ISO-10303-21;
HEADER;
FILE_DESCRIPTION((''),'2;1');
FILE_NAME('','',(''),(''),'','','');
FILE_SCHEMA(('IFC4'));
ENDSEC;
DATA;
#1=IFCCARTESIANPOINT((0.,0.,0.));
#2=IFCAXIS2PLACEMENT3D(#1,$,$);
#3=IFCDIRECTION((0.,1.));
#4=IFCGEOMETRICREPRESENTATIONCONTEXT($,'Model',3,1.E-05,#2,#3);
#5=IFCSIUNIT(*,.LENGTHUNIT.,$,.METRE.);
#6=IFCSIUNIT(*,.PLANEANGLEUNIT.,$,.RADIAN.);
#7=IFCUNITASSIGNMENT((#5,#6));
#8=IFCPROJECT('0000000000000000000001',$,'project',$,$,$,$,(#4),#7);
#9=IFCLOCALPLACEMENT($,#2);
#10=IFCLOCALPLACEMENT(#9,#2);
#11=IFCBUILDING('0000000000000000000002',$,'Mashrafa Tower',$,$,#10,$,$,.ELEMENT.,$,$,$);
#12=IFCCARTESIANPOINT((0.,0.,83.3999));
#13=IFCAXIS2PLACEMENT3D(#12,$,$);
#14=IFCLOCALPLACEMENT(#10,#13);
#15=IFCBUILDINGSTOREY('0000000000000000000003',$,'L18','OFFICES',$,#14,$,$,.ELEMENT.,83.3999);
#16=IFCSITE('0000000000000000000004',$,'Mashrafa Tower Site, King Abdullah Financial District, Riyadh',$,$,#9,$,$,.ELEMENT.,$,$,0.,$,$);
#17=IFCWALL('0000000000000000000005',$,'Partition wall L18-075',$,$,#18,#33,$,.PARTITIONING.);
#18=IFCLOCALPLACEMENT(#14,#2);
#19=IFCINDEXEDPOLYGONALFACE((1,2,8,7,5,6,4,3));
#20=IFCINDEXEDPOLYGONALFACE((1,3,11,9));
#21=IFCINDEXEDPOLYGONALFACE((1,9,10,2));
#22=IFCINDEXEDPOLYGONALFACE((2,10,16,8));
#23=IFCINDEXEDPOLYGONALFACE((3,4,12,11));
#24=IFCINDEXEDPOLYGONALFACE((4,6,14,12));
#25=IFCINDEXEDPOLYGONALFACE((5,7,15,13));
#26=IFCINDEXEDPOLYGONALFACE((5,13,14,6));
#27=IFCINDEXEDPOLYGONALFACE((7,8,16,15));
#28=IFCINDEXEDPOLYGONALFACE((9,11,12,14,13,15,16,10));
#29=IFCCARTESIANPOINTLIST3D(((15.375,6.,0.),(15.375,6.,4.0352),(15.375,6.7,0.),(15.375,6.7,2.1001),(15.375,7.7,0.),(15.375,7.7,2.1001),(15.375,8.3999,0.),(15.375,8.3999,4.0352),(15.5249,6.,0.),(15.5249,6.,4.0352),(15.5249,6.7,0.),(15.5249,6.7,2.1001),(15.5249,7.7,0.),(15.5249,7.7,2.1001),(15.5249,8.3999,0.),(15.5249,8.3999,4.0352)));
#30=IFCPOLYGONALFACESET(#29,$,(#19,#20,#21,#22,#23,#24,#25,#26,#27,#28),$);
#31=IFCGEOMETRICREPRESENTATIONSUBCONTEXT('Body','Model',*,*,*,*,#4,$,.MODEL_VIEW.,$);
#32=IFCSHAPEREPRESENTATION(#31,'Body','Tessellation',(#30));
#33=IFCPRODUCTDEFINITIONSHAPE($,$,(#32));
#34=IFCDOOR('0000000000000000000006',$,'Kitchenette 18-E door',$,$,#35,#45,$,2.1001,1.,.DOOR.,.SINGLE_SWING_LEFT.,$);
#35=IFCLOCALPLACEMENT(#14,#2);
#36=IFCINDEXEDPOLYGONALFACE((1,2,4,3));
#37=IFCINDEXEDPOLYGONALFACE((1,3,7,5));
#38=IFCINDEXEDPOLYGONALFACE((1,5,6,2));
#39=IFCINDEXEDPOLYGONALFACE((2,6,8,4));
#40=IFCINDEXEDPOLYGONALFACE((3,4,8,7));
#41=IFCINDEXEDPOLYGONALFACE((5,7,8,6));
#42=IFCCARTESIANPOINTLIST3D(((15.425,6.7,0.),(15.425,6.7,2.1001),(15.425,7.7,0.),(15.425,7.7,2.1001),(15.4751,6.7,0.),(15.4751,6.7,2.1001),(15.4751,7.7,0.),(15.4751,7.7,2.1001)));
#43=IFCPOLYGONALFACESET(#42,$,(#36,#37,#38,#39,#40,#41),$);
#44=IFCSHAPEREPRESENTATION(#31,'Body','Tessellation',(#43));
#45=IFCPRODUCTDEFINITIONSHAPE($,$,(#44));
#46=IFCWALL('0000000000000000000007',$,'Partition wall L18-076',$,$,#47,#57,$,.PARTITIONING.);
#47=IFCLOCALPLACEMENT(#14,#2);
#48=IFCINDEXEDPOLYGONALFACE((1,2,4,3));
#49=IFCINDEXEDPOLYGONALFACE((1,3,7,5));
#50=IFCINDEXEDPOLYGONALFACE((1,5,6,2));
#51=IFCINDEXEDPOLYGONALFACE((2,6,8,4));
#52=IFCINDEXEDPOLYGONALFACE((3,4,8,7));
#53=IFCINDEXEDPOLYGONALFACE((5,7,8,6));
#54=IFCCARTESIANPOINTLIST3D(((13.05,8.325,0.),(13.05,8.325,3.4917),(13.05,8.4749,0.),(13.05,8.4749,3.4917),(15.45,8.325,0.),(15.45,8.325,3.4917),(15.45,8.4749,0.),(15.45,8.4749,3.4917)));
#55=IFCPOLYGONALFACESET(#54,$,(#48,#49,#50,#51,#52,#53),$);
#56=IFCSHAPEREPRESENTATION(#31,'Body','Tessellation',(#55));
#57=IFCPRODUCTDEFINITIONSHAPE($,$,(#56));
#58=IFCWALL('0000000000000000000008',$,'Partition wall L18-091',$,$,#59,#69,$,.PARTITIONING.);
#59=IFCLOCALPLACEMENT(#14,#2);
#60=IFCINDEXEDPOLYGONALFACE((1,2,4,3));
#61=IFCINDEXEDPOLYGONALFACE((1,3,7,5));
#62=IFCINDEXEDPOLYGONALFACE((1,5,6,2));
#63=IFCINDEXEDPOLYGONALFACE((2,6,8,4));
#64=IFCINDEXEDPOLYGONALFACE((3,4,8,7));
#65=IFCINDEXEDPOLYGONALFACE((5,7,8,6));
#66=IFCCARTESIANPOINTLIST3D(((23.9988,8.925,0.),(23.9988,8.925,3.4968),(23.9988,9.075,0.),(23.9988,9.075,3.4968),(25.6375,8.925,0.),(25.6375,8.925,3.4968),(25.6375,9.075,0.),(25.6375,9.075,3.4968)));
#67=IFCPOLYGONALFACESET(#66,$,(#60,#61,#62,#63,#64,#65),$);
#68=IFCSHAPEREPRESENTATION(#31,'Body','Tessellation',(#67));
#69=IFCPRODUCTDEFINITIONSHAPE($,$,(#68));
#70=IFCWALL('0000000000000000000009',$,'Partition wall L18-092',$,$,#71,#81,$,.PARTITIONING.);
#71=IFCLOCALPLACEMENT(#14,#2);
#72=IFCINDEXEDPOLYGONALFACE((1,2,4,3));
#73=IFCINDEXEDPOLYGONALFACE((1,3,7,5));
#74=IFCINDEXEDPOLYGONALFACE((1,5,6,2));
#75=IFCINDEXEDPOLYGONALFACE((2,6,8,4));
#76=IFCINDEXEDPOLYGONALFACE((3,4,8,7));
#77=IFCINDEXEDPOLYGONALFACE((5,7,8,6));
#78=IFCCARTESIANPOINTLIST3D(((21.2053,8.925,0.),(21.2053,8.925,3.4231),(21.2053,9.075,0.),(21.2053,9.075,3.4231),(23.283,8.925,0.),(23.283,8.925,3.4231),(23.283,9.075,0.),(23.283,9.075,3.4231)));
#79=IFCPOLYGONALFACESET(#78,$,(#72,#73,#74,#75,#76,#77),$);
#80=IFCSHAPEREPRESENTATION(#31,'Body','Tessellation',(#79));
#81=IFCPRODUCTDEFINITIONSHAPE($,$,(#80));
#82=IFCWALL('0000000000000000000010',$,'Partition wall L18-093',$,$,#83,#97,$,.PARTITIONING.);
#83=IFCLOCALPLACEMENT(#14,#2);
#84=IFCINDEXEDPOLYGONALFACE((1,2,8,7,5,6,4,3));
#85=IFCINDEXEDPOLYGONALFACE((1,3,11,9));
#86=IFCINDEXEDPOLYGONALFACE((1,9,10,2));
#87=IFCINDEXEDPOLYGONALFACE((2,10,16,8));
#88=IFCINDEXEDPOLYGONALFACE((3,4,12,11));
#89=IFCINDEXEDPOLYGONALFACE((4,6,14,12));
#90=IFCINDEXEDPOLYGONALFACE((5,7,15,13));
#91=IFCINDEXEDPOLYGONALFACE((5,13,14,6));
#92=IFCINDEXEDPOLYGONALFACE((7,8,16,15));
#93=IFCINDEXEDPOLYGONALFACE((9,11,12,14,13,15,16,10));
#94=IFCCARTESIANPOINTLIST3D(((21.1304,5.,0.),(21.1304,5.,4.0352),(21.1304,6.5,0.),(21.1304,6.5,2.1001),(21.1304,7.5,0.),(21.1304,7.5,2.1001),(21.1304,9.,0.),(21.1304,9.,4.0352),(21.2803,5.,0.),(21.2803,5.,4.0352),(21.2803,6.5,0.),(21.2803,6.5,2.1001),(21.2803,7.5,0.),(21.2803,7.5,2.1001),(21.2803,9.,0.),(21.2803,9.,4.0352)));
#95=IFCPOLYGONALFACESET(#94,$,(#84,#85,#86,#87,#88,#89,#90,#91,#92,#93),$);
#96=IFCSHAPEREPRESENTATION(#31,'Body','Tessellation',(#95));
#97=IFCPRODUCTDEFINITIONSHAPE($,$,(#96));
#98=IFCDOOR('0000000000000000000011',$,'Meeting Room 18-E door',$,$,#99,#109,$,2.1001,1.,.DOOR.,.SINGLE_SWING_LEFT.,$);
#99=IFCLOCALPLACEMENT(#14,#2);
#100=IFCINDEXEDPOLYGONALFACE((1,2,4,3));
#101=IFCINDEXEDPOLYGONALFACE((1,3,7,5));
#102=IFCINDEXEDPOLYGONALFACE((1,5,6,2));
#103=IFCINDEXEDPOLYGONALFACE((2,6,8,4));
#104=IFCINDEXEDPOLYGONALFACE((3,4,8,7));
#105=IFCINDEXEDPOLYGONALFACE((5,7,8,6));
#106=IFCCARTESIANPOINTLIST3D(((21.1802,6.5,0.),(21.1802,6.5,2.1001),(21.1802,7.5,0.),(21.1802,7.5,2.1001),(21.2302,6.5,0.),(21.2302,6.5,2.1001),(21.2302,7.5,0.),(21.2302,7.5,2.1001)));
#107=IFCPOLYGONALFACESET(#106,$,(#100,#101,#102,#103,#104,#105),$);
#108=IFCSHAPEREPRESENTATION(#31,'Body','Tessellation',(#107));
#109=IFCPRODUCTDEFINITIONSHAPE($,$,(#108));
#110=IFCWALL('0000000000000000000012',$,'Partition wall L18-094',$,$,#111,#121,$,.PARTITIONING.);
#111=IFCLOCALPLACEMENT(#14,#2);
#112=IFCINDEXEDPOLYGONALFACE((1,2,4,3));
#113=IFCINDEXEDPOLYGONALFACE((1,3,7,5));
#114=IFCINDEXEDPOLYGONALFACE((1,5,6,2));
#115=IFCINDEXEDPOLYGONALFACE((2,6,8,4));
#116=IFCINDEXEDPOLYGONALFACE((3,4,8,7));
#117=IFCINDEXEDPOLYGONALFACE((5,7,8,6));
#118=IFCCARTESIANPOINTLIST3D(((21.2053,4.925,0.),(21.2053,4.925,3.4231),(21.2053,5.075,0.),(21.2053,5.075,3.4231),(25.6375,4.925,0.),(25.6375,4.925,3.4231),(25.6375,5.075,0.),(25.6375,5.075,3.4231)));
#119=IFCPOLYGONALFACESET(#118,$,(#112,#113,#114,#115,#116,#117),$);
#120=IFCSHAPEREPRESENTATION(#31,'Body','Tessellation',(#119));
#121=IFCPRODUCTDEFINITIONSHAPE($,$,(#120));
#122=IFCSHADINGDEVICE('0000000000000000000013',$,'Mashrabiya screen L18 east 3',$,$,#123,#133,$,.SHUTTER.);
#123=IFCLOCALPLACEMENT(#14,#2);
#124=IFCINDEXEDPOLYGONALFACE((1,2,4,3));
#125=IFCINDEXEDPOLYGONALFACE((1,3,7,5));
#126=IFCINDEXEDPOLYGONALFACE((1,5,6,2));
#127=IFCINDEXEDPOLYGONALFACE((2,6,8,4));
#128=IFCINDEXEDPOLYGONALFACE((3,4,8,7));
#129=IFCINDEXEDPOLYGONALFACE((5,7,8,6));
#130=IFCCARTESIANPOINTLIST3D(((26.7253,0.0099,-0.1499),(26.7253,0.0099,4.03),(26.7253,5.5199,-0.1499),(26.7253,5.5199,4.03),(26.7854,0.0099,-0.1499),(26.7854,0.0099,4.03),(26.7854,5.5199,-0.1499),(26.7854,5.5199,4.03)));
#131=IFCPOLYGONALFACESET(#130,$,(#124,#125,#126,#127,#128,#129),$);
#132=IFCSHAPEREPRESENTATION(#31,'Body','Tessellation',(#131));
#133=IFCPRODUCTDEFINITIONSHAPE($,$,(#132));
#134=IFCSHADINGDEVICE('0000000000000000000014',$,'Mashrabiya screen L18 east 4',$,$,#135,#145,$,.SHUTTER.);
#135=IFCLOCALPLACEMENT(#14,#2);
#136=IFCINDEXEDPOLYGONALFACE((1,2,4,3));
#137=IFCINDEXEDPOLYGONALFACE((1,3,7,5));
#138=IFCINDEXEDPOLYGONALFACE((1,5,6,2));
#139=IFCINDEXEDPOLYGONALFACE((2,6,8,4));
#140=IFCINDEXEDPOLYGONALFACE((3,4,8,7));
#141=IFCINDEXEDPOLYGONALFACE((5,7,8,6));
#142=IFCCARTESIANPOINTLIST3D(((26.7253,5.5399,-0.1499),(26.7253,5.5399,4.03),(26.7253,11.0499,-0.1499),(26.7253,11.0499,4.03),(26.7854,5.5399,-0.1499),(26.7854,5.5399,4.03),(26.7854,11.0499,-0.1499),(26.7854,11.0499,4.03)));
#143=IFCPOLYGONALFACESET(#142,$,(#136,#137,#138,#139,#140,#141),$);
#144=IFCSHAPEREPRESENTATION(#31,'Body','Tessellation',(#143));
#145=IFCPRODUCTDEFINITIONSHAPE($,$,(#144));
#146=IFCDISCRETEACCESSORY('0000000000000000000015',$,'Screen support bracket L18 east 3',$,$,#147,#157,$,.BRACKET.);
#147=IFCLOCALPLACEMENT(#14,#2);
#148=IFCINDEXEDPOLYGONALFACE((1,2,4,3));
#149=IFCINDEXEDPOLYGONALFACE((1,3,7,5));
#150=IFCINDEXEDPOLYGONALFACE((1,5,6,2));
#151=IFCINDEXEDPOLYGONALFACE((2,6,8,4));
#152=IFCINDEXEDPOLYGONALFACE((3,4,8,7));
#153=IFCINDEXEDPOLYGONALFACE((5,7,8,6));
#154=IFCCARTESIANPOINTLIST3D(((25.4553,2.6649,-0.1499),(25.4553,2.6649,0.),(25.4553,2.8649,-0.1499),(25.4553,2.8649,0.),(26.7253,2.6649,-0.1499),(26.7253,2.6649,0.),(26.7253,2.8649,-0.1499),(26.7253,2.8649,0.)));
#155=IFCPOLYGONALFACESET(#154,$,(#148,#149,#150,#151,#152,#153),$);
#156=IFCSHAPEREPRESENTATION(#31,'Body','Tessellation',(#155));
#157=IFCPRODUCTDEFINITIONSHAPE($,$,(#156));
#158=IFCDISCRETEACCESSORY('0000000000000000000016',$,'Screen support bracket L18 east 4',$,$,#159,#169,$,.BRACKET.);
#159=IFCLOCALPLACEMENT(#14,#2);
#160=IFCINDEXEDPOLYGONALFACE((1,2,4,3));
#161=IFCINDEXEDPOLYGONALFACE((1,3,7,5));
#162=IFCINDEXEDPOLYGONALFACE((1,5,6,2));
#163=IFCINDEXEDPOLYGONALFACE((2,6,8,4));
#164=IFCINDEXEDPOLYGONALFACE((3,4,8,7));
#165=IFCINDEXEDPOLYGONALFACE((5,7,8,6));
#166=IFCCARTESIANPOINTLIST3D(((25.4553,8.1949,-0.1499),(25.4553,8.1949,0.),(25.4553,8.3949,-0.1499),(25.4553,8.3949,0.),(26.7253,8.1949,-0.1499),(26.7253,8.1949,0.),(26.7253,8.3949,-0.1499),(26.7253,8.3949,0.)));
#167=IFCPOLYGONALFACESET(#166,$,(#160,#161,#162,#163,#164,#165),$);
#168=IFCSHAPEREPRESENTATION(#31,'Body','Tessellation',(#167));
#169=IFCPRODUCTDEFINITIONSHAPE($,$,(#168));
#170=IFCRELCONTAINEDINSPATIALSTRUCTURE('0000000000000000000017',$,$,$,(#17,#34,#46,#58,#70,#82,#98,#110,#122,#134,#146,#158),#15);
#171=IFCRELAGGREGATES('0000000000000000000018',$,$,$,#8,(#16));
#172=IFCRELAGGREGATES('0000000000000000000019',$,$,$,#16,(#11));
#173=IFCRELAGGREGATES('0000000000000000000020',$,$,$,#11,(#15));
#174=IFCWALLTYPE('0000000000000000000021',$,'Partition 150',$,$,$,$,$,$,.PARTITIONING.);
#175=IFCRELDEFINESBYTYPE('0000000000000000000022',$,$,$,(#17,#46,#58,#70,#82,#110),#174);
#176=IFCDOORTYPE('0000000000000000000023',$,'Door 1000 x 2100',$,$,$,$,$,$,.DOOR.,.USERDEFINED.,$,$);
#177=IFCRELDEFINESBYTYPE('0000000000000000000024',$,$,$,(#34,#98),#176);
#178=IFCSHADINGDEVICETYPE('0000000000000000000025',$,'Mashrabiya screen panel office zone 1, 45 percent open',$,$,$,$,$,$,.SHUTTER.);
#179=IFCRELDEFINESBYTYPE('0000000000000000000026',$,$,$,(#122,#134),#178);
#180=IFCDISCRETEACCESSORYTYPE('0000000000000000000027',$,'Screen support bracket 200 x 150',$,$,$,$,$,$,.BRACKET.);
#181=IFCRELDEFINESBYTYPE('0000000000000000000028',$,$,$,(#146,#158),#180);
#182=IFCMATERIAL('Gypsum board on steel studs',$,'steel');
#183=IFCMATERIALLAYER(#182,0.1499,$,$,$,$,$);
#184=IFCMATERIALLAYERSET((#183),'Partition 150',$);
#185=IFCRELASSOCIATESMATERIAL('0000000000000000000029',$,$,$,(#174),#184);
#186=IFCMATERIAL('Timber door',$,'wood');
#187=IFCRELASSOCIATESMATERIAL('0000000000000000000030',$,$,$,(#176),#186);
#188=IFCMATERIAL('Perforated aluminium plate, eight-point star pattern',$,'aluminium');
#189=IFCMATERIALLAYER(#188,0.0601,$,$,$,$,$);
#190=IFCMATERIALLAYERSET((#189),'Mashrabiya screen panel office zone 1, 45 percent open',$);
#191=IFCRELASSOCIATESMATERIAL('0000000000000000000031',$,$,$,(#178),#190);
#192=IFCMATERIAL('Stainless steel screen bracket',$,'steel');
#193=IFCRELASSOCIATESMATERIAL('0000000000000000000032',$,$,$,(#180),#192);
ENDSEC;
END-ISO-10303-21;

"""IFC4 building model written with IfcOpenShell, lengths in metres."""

from ifc_helpers import new_model, si_unit, direction, frame, frame_2d, origin, origin_2d, place, context, subcontext, project, spatial, rectangle, extrude, source, transform, mapped, material, layer, layer_set, type_object, type_shapes, element, fill, save


model = new_model("IFC4")

# Units and contexts
model_context = context("Model", 3, precision=1e-05, world=origin(), true_north=direction((0.0, 1.0)))
body_context = subcontext(model_context, "Body", "Model", "MODEL_VIEW")
ifc_project = project(units=[si_unit("LENGTHUNIT", "METRE"), si_unit("PLANEANGLEUNIT", "RADIAN")], contexts=[model_context])

# Site, building, storey
site_placement = place(None, origin())
site = spatial("IfcSite", under=ifc_project, at=site_placement, Name="Mashrafa Tower Site, King Abdullah Financial District, Riyadh", CompositionType="ELEMENT", RefElevation=0.0)
building_placement = place(site_placement, origin())
building = spatial("IfcBuilding", under=site, at=building_placement, Name="Mashrafa Tower", CompositionType="ELEMENT")
storey_placement = place(building_placement, frame((0.0, 0.0, 83.3999)))
storey = spatial("IfcBuildingStorey", under=building, at=storey_placement, Name="L18", Description="OFFICES", CompositionType="ELEMENT", Elevation=83.3999)

# Shared definitions
ifc_material_1 = material(Name="Gypsum board on steel studs", Category="steel")
ifc_layer_1 = layer(ifc_material_1, 0.1499)
ifc_layer_set_1 = layer_set([ifc_layer_1], Name="Partition 150")
wall_type_1 = type_object("IfcWallType", Name="Partition 150", PredefinedType="PARTITIONING", material=ifc_layer_set_1)

# Wall, opening, door
wall_1_placement = place(storey_placement, frame((15.45, 6.0, 0.0), z_axis=(0.0, 0.0, 1.0), x_axis=(0.0, 1.0, 0.0)))
wall_1 = element("IfcWall", 1, at=wall_1_placement, inside=storey, type_object=wall_type_1, Name="Partition wall L18-075", PredefinedType="PARTITIONING", context=body_context, shape_type="SweptSolid", body=[
    extrude(rectangle(XDim=2.3999, YDim=0.1499, at=frame_2d((1.2, 0.0))), origin(), (0.0, 0.0, 1.0), 4.0352),
])
opening_1_placement = place(wall_1_placement, frame((0.7, 0.0, 0.0)))
opening_1 = element("IfcOpeningElement", 2, at=opening_1_placement, cuts=wall_1, PredefinedType="OPENING", context=body_context, shape_type="SweptSolid", body=[
    extrude(rectangle(XDim=1.0, YDim=2.1001, at=frame_2d((0.5, 1.05))), frame((0.0, 0.085, 0.0), z_axis=(0.0, -1.0, 0.0), x_axis=(1.0, 0.0, 0.0)), (0.0, 0.0, 1.0), 0.1699),
])
ifc_material_2 = material(Name="Timber door", Category="wood")
door_type = type_object("IfcDoorType", Name="Door 1000 x 2100", OperationType="USERDEFINED", PredefinedType="DOOR", material=ifc_material_2)
door_1_placement = place(opening_1_placement, origin())
door_1 = element("IfcDoor", 3, at=door_1_placement, inside=storey, type_object=door_type, Name="Kitchenette 18-E door", OperationType="SINGLE_SWING_LEFT", OverallHeight=2.1001, OverallWidth=1.0, PredefinedType="DOOR", context=body_context, shape_type="SweptSolid", body=[
    extrude(rectangle(XDim=1.0, YDim=2.1001, at=frame_2d((0.5, 1.05))), frame((0.0, 0.0249, 0.0), z_axis=(0.0, -1.0, 0.0), x_axis=(1.0, 0.0, 0.0)), (0.0, 0.0, 1.0), 0.05),
])
fill(opening_1, door_1)

# Walls
wall_2_placement = place(storey_placement, frame((15.45, 8.3999, 0.0), z_axis=(0.0, 0.0, 1.0), x_axis=(-1.0, 0.0, 0.0)))
element("IfcWall", 4, at=wall_2_placement, inside=storey, type_object=wall_type_1, Name="Partition wall L18-076", PredefinedType="PARTITIONING", context=body_context, shape_type="SweptSolid", body=[
    extrude(rectangle(XDim=2.3999, YDim=0.1499, at=frame_2d((1.2, 0.0))), origin(), (0.0, 0.0, 1.0), 3.4917),
])
wall_3_placement = place(storey_placement, frame((25.6375, 9.0, 0.0), z_axis=(0.0, 0.0, 1.0), x_axis=(-1.0, 0.0, 0.0)))
element("IfcWall", 5, at=wall_3_placement, inside=storey, type_object=wall_type_1, Name="Partition wall L18-091", PredefinedType="PARTITIONING", context=body_context, shape_type="SweptSolid", body=[
    extrude(rectangle(XDim=1.6387, YDim=0.1499, at=frame_2d((0.8193, 0.0))), origin(), (0.0, 0.0, 1.0), 3.4968),
])
wall_4_placement = place(storey_placement, frame((23.283, 9.0, 0.0), z_axis=(0.0, 0.0, 1.0), x_axis=(-1.0, 0.0, 0.0)))
element("IfcWall", 6, at=wall_4_placement, inside=storey, type_object=wall_type_1, Name="Partition wall L18-092", PredefinedType="PARTITIONING", context=body_context, shape_type="SweptSolid", body=[
    extrude(rectangle(XDim=2.0776, YDim=0.1499, at=frame_2d((1.0388, 0.0))), origin(), (0.0, 0.0, 1.0), 3.4231),
])

# Wall, opening, door
wall_5_placement = place(storey_placement, frame((21.2053, 9.0, 0.0), z_axis=(0.0, 0.0, 1.0), x_axis=(0.0, -1.0, 0.0)))
wall_5 = element("IfcWall", 7, at=wall_5_placement, inside=storey, type_object=wall_type_1, Name="Partition wall L18-093", PredefinedType="PARTITIONING", context=body_context, shape_type="SweptSolid", body=[
    extrude(rectangle(XDim=4.0, YDim=0.1499, at=frame_2d((2.0, 0.0))), origin(), (0.0, 0.0, 1.0), 4.0352),
])
opening_2_placement = place(wall_5_placement, frame((1.5, 0.0, 0.0)))
opening_2 = element("IfcOpeningElement", 8, at=opening_2_placement, cuts=wall_5, PredefinedType="OPENING", context=body_context, shape_type="SweptSolid", body=[
    extrude(rectangle(XDim=1.0, YDim=2.1001, at=frame_2d((0.5, 1.05))), frame((0.0, 0.085, 0.0), z_axis=(0.0, -1.0, 0.0), x_axis=(1.0, 0.0, 0.0)), (0.0, 0.0, 1.0), 0.1699),
])
door_2_placement = place(opening_2_placement, origin())
door_2 = element("IfcDoor", 9, at=door_2_placement, inside=storey, type_object=door_type, Name="Meeting Room 18-E door", OperationType="SINGLE_SWING_LEFT", OverallHeight=2.1001, OverallWidth=1.0, PredefinedType="DOOR", context=body_context, shape_type="SweptSolid", body=[
    extrude(rectangle(XDim=1.0, YDim=2.1001, at=frame_2d((0.5, 1.05))), frame((0.0, 0.0249, 0.0), z_axis=(0.0, -1.0, 0.0), x_axis=(1.0, 0.0, 0.0)), (0.0, 0.0, 1.0), 0.05),
])
fill(opening_2, door_2)

# Wall
wall_6_placement = place(storey_placement, frame((21.2053, 5.0, 0.0), z_axis=(0.0, 0.0, 1.0), x_axis=(1.0, 0.0, 0.0)))
element("IfcWall", 10, at=wall_6_placement, inside=storey, type_object=wall_type_1, Name="Partition wall L18-094", PredefinedType="PARTITIONING", context=body_context, shape_type="SweptSolid", body=[
    extrude(rectangle(XDim=4.4321, YDim=0.1499, at=frame_2d((2.2161, 0.0))), origin(), (0.0, 0.0, 1.0), 3.4231),
])

# Shading devices
ifc_material_3 = material(Name="Perforated aluminium plate, eight-point star pattern", Category="aluminium")
ifc_layer_2 = layer(ifc_material_3, 0.0601)
ifc_layer_set_2 = layer_set([ifc_layer_2], Name="Mashrabiya screen panel office zone 1, 45 percent open")
shading_device_type = type_object("IfcShadingDeviceType", Name="Mashrabiya screen panel office zone 1, 45 percent open", PredefinedType="SHUTTER", material=ifc_layer_set_2)
shared_shape_1 = source(origin(), body_context, "Body", "SweptSolid", [
    extrude(rectangle(XDim=5.51, YDim=0.0601, at=origin_2d()), origin(), (0.0, 0.0, 1.0), 4.1799),
])
type_shapes(shading_device_type, [shared_shape_1])
for number, where, z_axis, x_axis, name in (
    (11, (26.7554, 2.7649, -0.1499), (0.0, 0.0, 1.0), (0.0, 1.0, 0.0), "Mashrabiya screen L18 east 3"),
    (12, (26.7554, 8.2949, -0.1499), (0.0, 0.0, 1.0), (0.0, 1.0, 0.0), "Mashrabiya screen L18 east 4"),
):
    element("IfcShadingDevice", number, at=place(storey_placement, frame(where, z_axis=z_axis, x_axis=x_axis)), inside=storey, type_object=shading_device_type, Name=name, PredefinedType="SHUTTER", context=body_context, shape_type="MappedRepresentation", body=[
        mapped(shared_shape_1, transform((0.0, 0.0, 0.0))),
    ])

# Discrete accessories
ifc_material_4 = material(Name="Stainless steel screen bracket", Category="steel")
discrete_accessory_type = type_object("IfcDiscreteAccessoryType", Name="Screen support bracket 200 x 150", PredefinedType="BRACKET", material=ifc_material_4)
shared_shape_2 = source(origin(), body_context, "Body", "SweptSolid", [
    extrude(rectangle(XDim=0.2, YDim=1.27, at=origin_2d()), origin(), (0.0, 0.0, 1.0), 0.1499),
])
type_shapes(discrete_accessory_type, [shared_shape_2])
for number, where, z_axis, x_axis, name in (
    (13, (26.0903, 2.7649, -0.1499), (0.0, 0.0, 1.0), (0.0, 1.0, 0.0), "Screen support bracket L18 east 3"),
    (14, (26.0903, 8.2949, -0.1499), (0.0, 0.0, 1.0), (0.0, 1.0, 0.0), "Screen support bracket L18 east 4"),
):
    element("IfcDiscreteAccessory", number, at=place(storey_placement, frame(where, z_axis=z_axis, x_axis=x_axis)), inside=storey, type_object=discrete_accessory_type, Name=name, PredefinedType="BRACKET", context=body_context, shape_type="MappedRepresentation", body=[
        mapped(shared_shape_2, transform((0.0, 0.0, 0.0))),
    ])

save(model, "model.ifc")
